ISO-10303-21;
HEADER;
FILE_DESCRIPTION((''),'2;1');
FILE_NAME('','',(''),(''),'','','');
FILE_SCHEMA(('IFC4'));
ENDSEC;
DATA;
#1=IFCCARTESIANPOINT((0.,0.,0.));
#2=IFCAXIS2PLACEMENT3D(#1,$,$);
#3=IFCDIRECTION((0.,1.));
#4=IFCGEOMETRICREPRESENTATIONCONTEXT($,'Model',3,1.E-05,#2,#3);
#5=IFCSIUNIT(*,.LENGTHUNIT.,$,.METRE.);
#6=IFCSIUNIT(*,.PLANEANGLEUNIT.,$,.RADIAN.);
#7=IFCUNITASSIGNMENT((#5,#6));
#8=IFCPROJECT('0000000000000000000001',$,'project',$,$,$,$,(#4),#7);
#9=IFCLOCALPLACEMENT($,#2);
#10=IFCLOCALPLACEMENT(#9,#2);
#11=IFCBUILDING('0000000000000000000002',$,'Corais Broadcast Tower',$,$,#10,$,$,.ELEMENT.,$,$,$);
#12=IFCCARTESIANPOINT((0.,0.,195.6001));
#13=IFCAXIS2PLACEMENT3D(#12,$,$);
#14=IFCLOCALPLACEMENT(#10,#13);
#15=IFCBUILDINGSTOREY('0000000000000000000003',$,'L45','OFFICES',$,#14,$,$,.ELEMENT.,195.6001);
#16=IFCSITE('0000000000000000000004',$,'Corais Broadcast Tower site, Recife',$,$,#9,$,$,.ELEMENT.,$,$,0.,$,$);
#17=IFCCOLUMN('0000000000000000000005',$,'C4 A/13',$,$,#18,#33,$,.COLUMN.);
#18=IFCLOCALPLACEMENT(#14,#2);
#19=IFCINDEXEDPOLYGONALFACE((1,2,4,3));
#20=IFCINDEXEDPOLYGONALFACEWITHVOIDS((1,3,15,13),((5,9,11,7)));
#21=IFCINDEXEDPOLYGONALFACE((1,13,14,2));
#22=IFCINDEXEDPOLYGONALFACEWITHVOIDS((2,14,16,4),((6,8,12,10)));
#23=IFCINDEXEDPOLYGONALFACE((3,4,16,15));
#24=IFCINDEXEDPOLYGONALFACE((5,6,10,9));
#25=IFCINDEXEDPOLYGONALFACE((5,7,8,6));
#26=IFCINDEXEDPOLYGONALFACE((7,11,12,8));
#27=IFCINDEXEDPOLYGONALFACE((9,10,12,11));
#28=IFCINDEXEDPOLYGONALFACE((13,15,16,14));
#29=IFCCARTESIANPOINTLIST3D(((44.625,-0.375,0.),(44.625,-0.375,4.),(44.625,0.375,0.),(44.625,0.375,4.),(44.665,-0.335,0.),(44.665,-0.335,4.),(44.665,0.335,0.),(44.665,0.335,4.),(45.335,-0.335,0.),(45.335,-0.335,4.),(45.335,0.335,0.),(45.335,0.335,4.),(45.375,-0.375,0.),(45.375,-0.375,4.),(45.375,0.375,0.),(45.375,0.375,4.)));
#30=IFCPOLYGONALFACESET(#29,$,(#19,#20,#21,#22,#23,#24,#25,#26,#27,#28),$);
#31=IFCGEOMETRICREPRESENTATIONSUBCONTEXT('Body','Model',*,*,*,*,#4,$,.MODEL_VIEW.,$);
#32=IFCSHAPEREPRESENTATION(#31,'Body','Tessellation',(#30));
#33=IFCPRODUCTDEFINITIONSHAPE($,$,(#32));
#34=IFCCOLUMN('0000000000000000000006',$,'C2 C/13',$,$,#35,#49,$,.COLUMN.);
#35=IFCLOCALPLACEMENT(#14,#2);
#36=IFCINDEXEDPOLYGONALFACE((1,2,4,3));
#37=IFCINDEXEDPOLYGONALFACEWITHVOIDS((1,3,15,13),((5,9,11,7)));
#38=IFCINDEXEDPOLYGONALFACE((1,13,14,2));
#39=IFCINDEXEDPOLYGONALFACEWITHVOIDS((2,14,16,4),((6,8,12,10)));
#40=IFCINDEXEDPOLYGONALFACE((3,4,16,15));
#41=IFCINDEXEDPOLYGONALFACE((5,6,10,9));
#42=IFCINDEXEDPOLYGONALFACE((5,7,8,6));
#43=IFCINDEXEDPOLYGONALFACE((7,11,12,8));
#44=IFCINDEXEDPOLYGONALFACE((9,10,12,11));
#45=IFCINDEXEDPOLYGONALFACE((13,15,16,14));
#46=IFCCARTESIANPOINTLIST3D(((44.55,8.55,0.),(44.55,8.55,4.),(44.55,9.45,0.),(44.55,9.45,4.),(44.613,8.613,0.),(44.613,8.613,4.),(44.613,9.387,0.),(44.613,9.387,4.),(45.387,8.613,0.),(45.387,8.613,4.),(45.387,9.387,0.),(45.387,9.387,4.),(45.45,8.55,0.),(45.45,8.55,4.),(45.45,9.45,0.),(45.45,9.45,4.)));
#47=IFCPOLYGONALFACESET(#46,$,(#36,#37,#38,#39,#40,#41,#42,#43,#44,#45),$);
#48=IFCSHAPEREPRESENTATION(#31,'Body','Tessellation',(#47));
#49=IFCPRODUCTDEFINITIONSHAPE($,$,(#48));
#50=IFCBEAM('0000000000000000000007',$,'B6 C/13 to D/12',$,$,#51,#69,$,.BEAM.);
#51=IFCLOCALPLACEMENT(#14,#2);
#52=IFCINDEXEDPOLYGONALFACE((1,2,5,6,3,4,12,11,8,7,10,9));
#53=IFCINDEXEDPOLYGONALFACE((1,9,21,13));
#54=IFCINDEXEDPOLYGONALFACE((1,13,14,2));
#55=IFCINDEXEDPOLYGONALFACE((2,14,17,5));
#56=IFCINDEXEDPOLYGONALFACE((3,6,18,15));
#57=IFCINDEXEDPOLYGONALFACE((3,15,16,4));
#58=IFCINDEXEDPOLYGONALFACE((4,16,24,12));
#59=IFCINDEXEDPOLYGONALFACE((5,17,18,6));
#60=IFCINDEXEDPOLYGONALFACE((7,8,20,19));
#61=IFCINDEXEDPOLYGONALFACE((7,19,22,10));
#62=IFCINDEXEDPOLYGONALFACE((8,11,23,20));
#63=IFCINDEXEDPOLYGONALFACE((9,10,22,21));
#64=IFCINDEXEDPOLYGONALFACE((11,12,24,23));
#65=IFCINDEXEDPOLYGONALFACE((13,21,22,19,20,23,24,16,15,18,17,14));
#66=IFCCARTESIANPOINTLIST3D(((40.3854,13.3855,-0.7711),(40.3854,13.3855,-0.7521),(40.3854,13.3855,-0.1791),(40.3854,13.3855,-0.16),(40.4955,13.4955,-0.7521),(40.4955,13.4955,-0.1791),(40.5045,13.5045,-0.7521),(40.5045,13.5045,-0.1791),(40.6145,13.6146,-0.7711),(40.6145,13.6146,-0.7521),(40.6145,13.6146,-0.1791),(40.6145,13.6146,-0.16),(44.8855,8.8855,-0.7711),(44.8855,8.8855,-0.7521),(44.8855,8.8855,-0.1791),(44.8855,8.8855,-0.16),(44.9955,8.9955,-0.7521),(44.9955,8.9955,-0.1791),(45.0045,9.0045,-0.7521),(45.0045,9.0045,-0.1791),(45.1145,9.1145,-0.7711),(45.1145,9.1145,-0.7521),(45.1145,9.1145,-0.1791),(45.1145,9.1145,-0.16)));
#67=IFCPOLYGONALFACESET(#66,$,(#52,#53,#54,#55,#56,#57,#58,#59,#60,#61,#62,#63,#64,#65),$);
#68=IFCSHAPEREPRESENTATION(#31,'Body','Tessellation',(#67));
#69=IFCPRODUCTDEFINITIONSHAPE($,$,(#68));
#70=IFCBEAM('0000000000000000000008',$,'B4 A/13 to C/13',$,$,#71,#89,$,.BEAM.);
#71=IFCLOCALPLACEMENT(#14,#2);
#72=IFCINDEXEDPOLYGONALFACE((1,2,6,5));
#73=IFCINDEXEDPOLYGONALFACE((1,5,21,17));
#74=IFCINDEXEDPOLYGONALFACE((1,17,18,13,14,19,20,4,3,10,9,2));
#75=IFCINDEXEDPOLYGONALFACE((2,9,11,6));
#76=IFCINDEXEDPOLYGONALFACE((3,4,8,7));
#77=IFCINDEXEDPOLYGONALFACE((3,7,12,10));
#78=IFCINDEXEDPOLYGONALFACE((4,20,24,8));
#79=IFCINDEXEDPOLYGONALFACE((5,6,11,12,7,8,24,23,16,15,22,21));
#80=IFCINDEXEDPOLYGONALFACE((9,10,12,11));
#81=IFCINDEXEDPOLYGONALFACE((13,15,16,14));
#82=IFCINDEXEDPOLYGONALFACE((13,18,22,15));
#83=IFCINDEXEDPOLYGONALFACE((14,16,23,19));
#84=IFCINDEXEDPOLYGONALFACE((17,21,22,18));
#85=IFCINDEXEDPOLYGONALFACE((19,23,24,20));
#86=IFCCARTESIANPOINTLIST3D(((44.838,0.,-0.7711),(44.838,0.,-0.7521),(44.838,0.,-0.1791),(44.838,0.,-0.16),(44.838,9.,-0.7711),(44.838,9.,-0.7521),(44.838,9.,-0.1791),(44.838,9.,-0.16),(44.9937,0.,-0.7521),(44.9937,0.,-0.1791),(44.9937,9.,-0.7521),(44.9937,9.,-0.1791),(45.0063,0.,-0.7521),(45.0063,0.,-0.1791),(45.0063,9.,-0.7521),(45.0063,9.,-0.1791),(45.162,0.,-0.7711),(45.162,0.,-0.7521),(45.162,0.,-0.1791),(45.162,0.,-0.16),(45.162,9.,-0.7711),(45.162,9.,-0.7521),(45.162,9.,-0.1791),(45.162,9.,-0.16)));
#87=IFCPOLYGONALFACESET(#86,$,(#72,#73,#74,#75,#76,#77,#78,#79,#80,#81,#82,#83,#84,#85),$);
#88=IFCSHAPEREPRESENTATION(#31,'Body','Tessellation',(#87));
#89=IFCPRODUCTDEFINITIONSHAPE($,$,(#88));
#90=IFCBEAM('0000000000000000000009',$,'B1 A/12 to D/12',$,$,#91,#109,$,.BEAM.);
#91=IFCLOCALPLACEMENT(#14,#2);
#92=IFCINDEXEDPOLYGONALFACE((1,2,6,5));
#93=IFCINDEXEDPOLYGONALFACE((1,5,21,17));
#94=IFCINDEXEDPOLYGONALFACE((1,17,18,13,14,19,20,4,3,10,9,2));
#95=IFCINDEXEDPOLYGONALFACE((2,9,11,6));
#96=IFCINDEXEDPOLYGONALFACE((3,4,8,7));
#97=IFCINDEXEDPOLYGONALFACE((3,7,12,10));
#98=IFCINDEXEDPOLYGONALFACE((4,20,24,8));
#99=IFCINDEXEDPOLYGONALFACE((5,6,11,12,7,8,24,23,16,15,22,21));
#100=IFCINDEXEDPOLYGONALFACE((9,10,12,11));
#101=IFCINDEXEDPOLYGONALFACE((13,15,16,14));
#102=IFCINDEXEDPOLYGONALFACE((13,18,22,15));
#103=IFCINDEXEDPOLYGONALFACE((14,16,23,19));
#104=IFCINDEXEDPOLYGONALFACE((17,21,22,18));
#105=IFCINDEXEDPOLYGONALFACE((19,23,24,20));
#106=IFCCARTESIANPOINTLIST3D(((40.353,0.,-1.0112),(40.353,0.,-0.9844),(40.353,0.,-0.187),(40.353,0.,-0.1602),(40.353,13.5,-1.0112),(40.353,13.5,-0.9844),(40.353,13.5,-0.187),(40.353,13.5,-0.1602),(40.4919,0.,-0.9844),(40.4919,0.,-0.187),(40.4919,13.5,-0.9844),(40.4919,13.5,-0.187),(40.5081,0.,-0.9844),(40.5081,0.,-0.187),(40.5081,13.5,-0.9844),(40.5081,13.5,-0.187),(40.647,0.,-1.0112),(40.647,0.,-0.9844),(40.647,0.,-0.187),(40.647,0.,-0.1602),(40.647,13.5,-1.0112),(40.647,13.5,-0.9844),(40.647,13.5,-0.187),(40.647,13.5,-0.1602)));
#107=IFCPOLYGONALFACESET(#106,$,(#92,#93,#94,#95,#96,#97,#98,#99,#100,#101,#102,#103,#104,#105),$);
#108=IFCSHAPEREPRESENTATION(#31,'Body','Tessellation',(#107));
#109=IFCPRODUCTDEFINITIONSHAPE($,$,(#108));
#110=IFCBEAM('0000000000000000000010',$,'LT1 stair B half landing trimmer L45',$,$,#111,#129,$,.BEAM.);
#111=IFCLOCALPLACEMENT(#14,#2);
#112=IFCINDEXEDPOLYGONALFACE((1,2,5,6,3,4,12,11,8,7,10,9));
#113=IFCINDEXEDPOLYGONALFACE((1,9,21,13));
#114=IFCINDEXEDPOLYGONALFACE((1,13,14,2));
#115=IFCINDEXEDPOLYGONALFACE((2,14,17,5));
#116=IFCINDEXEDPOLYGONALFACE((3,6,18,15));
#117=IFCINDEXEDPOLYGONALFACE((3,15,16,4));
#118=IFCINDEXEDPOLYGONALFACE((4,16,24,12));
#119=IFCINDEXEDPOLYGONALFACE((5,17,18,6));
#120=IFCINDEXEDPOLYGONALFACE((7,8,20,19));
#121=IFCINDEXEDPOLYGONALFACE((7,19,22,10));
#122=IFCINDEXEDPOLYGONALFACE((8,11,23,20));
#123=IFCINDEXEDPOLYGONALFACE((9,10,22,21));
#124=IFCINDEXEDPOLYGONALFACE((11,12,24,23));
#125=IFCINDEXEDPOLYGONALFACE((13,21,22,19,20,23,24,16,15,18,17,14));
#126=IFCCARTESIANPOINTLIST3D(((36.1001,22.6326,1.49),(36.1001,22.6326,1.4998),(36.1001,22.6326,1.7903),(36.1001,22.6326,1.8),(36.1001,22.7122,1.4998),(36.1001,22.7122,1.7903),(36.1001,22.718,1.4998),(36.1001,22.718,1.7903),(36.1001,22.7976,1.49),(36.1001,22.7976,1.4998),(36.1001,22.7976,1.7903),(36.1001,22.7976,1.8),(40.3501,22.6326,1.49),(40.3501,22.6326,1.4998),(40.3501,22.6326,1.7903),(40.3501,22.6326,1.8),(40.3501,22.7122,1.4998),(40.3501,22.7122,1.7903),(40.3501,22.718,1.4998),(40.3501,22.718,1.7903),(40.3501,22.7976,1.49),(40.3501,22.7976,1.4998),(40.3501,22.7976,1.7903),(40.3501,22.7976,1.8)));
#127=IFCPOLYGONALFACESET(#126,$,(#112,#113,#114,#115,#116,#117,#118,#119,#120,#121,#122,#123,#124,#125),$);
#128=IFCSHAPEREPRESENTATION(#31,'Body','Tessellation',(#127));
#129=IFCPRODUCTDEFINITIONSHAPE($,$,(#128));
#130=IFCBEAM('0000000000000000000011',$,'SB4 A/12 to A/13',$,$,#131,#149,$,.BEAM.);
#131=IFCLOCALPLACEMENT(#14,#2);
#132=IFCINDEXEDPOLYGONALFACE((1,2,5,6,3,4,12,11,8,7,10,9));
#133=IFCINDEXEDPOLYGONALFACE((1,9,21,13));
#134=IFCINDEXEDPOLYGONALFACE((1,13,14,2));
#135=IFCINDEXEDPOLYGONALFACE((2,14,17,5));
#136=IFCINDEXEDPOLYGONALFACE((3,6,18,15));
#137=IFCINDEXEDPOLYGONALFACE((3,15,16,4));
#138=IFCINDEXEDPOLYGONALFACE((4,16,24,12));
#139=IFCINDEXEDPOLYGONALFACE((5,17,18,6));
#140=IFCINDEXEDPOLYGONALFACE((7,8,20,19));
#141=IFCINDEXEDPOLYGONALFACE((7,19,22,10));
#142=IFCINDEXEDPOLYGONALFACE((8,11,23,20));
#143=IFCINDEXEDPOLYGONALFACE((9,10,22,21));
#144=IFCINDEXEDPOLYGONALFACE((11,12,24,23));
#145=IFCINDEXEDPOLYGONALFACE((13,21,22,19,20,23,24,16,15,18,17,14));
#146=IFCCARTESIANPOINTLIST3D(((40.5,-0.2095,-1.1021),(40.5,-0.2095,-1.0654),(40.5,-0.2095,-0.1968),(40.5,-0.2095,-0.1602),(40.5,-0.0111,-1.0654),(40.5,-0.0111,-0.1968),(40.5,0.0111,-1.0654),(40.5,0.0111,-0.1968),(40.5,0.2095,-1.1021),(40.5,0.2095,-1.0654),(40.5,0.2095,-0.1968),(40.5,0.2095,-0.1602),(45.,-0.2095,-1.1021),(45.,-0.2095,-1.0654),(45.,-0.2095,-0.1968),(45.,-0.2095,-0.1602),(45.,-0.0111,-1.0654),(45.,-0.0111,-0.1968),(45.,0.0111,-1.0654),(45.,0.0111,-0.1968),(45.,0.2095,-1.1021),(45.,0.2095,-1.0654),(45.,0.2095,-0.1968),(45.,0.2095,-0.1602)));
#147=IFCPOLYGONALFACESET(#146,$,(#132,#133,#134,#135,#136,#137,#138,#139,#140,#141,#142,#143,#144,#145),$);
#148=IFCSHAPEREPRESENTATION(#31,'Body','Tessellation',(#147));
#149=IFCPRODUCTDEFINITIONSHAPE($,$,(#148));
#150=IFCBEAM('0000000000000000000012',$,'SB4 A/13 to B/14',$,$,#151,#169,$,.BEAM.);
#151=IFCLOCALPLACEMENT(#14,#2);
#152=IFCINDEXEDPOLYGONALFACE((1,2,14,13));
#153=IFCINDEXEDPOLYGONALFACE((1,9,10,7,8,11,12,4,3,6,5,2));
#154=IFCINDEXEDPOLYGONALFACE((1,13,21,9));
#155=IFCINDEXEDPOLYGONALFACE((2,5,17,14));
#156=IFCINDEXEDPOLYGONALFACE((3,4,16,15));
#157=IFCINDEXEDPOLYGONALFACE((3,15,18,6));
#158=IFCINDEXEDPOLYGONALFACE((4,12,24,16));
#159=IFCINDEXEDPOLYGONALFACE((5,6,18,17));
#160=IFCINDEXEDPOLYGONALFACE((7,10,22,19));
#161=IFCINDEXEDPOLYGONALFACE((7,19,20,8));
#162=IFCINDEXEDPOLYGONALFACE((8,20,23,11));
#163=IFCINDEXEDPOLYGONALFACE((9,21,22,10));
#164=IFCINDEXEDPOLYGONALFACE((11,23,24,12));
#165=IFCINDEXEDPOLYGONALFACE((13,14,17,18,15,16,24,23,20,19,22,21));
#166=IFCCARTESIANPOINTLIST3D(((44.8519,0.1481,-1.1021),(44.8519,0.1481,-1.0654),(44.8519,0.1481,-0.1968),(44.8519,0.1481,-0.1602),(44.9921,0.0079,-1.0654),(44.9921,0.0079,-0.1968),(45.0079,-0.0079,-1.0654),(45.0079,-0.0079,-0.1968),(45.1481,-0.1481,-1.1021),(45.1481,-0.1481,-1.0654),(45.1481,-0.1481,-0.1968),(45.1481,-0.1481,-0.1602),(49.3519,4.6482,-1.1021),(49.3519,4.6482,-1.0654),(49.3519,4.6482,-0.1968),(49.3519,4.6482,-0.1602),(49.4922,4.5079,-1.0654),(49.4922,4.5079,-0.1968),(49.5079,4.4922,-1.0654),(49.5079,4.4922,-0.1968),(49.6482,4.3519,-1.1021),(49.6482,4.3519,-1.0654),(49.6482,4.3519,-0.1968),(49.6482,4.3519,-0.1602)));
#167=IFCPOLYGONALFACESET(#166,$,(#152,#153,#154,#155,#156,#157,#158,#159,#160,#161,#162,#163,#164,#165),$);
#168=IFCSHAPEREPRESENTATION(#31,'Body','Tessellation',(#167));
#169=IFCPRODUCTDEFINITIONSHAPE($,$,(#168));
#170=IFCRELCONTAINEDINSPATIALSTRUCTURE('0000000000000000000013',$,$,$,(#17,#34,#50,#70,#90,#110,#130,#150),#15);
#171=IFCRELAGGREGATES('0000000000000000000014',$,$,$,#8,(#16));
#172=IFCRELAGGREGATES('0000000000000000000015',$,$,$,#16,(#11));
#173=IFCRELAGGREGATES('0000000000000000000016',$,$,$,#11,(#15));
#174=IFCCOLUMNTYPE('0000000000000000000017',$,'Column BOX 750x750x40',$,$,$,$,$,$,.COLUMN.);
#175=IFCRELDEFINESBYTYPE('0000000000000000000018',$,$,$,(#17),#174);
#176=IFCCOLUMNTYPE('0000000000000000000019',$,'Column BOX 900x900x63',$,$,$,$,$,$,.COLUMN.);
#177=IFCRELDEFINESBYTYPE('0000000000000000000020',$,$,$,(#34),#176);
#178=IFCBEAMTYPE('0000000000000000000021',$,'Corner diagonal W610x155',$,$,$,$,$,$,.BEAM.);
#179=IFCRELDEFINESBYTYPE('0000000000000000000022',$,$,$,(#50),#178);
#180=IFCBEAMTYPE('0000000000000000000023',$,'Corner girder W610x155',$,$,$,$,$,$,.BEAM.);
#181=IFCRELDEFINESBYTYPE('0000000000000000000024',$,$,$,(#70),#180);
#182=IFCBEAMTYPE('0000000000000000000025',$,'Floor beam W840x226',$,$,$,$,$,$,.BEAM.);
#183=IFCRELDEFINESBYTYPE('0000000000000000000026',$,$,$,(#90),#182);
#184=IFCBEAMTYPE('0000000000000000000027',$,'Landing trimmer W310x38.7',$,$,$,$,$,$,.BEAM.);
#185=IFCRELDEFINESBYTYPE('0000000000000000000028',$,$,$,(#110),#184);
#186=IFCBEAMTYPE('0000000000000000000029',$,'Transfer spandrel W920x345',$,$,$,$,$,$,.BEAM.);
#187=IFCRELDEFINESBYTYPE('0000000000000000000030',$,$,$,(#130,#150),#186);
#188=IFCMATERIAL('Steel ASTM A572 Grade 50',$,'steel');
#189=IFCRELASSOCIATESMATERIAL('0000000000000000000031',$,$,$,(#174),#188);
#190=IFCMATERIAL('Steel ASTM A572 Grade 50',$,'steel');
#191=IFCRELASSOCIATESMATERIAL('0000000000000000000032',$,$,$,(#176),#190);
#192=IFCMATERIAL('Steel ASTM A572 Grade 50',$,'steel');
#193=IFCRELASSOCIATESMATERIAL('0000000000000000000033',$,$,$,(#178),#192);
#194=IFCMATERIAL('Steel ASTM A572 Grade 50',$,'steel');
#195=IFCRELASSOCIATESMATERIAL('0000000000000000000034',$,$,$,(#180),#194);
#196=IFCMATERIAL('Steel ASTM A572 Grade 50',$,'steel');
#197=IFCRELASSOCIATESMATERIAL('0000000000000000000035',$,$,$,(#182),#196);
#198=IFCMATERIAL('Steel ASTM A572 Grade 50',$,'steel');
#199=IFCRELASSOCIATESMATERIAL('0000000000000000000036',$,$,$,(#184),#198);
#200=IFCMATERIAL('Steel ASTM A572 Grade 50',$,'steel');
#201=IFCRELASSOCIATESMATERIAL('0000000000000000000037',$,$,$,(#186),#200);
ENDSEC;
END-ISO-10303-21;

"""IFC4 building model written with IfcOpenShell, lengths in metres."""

from ifc_helpers import new_model, si_unit, direction, frame, origin, origin_2d, place, context, subcontext, project, spatial, hollow_rectangle, i_section, extrude, material, material_profile, profile_set, type_object, element, save


model = new_model("IFC4")

# Units and contexts
model_context = context("Model", 3, precision=1e-05, world=origin(), true_north=direction((0.0, 1.0)))
body_context = subcontext(model_context, "Body", "Model", "MODEL_VIEW")
ifc_project = project(units=[si_unit("LENGTHUNIT", "METRE"), si_unit("PLANEANGLEUNIT", "RADIAN")], contexts=[model_context])

# Site, building, storey
site_placement = place(None, origin())
site = spatial("IfcSite", under=ifc_project, at=site_placement, Name="Corais Broadcast Tower site, Recife", CompositionType="ELEMENT", RefElevation=0.0)
building_placement = place(site_placement, origin())
building = spatial("IfcBuilding", under=site, at=building_placement, Name="Corais Broadcast Tower", CompositionType="ELEMENT")
storey_placement = place(building_placement, frame((0.0, 0.0, 195.6001)))
storey = spatial("IfcBuildingStorey", under=building, at=storey_placement, Name="L45", Description="OFFICES", CompositionType="ELEMENT", Elevation=195.6001)

# Columns
ifc_material_1 = material(Name="Steel ASTM A572 Grade 50", Category="steel")
ifc_material_profile_1 = material_profile(ifc_material_1, hollow_rectangle(XDim=0.75, YDim=0.75, WallThickness=0.04, at=origin_2d()), Name="BOX 750x750x40")
ifc_profile_set_1 = profile_set([ifc_material_profile_1], Name="Steel ASTM A572 Grade 50")
column_type_1 = type_object("IfcColumnType", Name="Column BOX 750x750x40", PredefinedType="COLUMN", material=ifc_profile_set_1)
column_1_placement = place(storey_placement, frame((45.0, 0.0, 0.0), z_axis=(0.0, 0.0, 1.0), x_axis=(1.0, 0.0, 0.0)))
element("IfcColumn", 1, at=column_1_placement, inside=storey, type_object=column_type_1, Name="C4 A/13", PredefinedType="COLUMN", context=body_context, shape_type="SweptSolid", body=[
    extrude(hollow_rectangle(XDim=0.75, YDim=0.75, WallThickness=0.04, at=origin_2d()), origin(), (0.0, 0.0, 1.0), 4.0),
])
ifc_material_2 = material(Name="Steel ASTM A572 Grade 50", Category="steel")
ifc_material_profile_2 = material_profile(ifc_material_2, hollow_rectangle(XDim=0.8999, YDim=0.8999, WallThickness=0.063, at=origin_2d()), Name="BOX 900x900x63")
ifc_profile_set_2 = profile_set([ifc_material_profile_2], Name="Steel ASTM A572 Grade 50")
column_type_2 = type_object("IfcColumnType", Name="Column BOX 900x900x63", PredefinedType="COLUMN", material=ifc_profile_set_2)
column_2_placement = place(storey_placement, frame((45.0, 9.0, 0.0), z_axis=(0.0, 0.0, 1.0), x_axis=(1.0, 0.0, 0.0)))
element("IfcColumn", 2, at=column_2_placement, inside=storey, type_object=column_type_2, Name="C2 C/13", PredefinedType="COLUMN", context=body_context, shape_type="SweptSolid", body=[
    extrude(hollow_rectangle(XDim=0.8999, YDim=0.8999, WallThickness=0.063, at=origin_2d()), origin(), (0.0, 0.0, 1.0), 4.0),
])

# Beams
ifc_material_3 = material(Name="Steel ASTM A572 Grade 50", Category="steel")
ifc_material_profile_3 = material_profile(ifc_material_3, i_section(OverallWidth=0.324, OverallDepth=0.6111, WebThickness=0.0127, FlangeThickness=0.019, at=origin_2d()), Name="W610x155")
ifc_profile_set_3 = profile_set([ifc_material_profile_3], Name="Steel ASTM A572 Grade 50")
beam_type_1 = type_object("IfcBeamType", Name="Corner diagonal W610x155", PredefinedType="BEAM", material=ifc_profile_set_3)
beam_1_placement = place(storey_placement, frame((45.0, 9.0, -0.4656), z_axis=(-0.707107, 0.707107, 0.0), x_axis=(-0.707107, -0.707107, 0.0)))
element("IfcBeam", 3, at=beam_1_placement, inside=storey, type_object=beam_type_1, Name="B6 C/13 to D/12", PredefinedType="BEAM", context=body_context, shape_type="SweptSolid", body=[
    extrude(i_section(OverallWidth=0.324, OverallDepth=0.6111, WebThickness=0.0127, FlangeThickness=0.019, at=origin_2d()), origin(), (0.0, 0.0, 1.0), 6.364),
])
ifc_material_4 = material(Name="Steel ASTM A572 Grade 50", Category="steel")
ifc_material_profile_4 = material_profile(ifc_material_4, i_section(OverallWidth=0.324, OverallDepth=0.6111, WebThickness=0.0127, FlangeThickness=0.019, at=origin_2d()), Name="W610x155")
ifc_profile_set_4 = profile_set([ifc_material_profile_4], Name="Steel ASTM A572 Grade 50")
beam_type_2 = type_object("IfcBeamType", Name="Corner girder W610x155", PredefinedType="BEAM", material=ifc_profile_set_4)
beam_2_placement = place(storey_placement, frame((45.0, 0.0, -0.4656), z_axis=(0.0, 1.0, 0.0), x_axis=(-1.0, 0.0, 0.0)))
element("IfcBeam", 4, at=beam_2_placement, inside=storey, type_object=beam_type_2, Name="B4 A/13 to C/13", PredefinedType="BEAM", context=body_context, shape_type="SweptSolid", body=[
    extrude(i_section(OverallWidth=0.324, OverallDepth=0.6111, WebThickness=0.0127, FlangeThickness=0.019, at=origin_2d()), origin(), (0.0, 0.0, 1.0), 9.0),
])
ifc_material_5 = material(Name="Steel ASTM A572 Grade 50", Category="steel")
ifc_material_profile_5 = material_profile(ifc_material_5, i_section(OverallWidth=0.2939, OverallDepth=0.8511, WebThickness=0.0161, FlangeThickness=0.0269, at=origin_2d()), Name="W840x226")
ifc_profile_set_5 = profile_set([ifc_material_profile_5], Name="Steel ASTM A572 Grade 50")
beam_type_3 = type_object("IfcBeamType", Name="Floor beam W840x226", PredefinedType="BEAM", material=ifc_profile_set_5)
beam_3_placement = place(storey_placement, frame((40.5, 0.0, -0.5857), z_axis=(0.0, 1.0, 0.0), x_axis=(-1.0, 0.0, 0.0)))
element("IfcBeam", 5, at=beam_3_placement, inside=storey, type_object=beam_type_3, Name="B1 A/12 to D/12", PredefinedType="BEAM", context=body_context, shape_type="SweptSolid", body=[
    extrude(i_section(OverallWidth=0.2939, OverallDepth=0.8511, WebThickness=0.0161, FlangeThickness=0.0269, at=origin_2d()), origin(), (0.0, 0.0, 1.0), 13.5),
])
ifc_material_6 = material(Name="Steel ASTM A572 Grade 50", Category="steel")
ifc_material_profile_6 = material_profile(ifc_material_6, i_section(OverallWidth=0.165, OverallDepth=0.3101, WebThickness=0.0059, FlangeThickness=0.0098, at=origin_2d()), Name="W310x38.7")
ifc_profile_set_6 = profile_set([ifc_material_profile_6], Name="Steel ASTM A572 Grade 50")
beam_type_4 = type_object("IfcBeamType", Name="Landing trimmer W310x38.7", PredefinedType="BEAM", material=ifc_profile_set_6)
beam_4_placement = place(storey_placement, frame((36.1001, 22.7151, 1.645), z_axis=(1.0, 0.0, 0.0), x_axis=(0.0, 1.0, 0.0)))
element("IfcBeam", 6, at=beam_4_placement, inside=storey, type_object=beam_type_4, Name="LT1 stair B half landing trimmer L45", PredefinedType="BEAM", context=body_context, shape_type="SweptSolid", body=[
    extrude(i_section(OverallWidth=0.165, OverallDepth=0.3101, WebThickness=0.0059, FlangeThickness=0.0098, at=origin_2d()), origin(), (0.0, 0.0, 1.0), 4.25),
])
ifc_material_7 = material(Name="Steel ASTM A572 Grade 50", Category="steel")
ifc_material_profile_7 = material_profile(ifc_material_7, i_section(OverallWidth=0.4189, OverallDepth=0.9419, WebThickness=0.0222, FlangeThickness=0.0366, at=origin_2d()), Name="W920x345")
ifc_profile_set_7 = profile_set([ifc_material_profile_7], Name="Steel ASTM A572 Grade 50")
beam_type_5 = type_object("IfcBeamType", Name="Transfer spandrel W920x345", PredefinedType="BEAM", material=ifc_profile_set_7)
beam_5_placement = place(storey_placement, frame((40.5, 0.0, -0.6311), z_axis=(1.0, 0.0, 0.0), x_axis=(0.0, 1.0, 0.0)))
element("IfcBeam", 7, at=beam_5_placement, inside=storey, type_object=beam_type_5, Name="SB4 A/12 to A/13", PredefinedType="BEAM", context=body_context, shape_type="SweptSolid", body=[
    extrude(i_section(OverallWidth=0.4189, OverallDepth=0.9419, WebThickness=0.0222, FlangeThickness=0.0366, at=origin_2d()), origin(), (0.0, 0.0, 1.0), 4.5),
])
beam_6_placement = place(storey_placement, frame((45.0, 0.0, -0.6311), z_axis=(0.707107, 0.707107, 0.0), x_axis=(-0.707107, 0.707107, 0.0)))
element("IfcBeam", 8, at=beam_6_placement, inside=storey, type_object=beam_type_5, Name="SB4 A/13 to B/14", PredefinedType="BEAM", context=body_context, shape_type="SweptSolid", body=[
    extrude(i_section(OverallWidth=0.4189, OverallDepth=0.9419, WebThickness=0.0222, FlangeThickness=0.0366, at=origin_2d()), origin(), (0.0, 0.0, 1.0), 6.364),
])

save(model, "model.ifc")
